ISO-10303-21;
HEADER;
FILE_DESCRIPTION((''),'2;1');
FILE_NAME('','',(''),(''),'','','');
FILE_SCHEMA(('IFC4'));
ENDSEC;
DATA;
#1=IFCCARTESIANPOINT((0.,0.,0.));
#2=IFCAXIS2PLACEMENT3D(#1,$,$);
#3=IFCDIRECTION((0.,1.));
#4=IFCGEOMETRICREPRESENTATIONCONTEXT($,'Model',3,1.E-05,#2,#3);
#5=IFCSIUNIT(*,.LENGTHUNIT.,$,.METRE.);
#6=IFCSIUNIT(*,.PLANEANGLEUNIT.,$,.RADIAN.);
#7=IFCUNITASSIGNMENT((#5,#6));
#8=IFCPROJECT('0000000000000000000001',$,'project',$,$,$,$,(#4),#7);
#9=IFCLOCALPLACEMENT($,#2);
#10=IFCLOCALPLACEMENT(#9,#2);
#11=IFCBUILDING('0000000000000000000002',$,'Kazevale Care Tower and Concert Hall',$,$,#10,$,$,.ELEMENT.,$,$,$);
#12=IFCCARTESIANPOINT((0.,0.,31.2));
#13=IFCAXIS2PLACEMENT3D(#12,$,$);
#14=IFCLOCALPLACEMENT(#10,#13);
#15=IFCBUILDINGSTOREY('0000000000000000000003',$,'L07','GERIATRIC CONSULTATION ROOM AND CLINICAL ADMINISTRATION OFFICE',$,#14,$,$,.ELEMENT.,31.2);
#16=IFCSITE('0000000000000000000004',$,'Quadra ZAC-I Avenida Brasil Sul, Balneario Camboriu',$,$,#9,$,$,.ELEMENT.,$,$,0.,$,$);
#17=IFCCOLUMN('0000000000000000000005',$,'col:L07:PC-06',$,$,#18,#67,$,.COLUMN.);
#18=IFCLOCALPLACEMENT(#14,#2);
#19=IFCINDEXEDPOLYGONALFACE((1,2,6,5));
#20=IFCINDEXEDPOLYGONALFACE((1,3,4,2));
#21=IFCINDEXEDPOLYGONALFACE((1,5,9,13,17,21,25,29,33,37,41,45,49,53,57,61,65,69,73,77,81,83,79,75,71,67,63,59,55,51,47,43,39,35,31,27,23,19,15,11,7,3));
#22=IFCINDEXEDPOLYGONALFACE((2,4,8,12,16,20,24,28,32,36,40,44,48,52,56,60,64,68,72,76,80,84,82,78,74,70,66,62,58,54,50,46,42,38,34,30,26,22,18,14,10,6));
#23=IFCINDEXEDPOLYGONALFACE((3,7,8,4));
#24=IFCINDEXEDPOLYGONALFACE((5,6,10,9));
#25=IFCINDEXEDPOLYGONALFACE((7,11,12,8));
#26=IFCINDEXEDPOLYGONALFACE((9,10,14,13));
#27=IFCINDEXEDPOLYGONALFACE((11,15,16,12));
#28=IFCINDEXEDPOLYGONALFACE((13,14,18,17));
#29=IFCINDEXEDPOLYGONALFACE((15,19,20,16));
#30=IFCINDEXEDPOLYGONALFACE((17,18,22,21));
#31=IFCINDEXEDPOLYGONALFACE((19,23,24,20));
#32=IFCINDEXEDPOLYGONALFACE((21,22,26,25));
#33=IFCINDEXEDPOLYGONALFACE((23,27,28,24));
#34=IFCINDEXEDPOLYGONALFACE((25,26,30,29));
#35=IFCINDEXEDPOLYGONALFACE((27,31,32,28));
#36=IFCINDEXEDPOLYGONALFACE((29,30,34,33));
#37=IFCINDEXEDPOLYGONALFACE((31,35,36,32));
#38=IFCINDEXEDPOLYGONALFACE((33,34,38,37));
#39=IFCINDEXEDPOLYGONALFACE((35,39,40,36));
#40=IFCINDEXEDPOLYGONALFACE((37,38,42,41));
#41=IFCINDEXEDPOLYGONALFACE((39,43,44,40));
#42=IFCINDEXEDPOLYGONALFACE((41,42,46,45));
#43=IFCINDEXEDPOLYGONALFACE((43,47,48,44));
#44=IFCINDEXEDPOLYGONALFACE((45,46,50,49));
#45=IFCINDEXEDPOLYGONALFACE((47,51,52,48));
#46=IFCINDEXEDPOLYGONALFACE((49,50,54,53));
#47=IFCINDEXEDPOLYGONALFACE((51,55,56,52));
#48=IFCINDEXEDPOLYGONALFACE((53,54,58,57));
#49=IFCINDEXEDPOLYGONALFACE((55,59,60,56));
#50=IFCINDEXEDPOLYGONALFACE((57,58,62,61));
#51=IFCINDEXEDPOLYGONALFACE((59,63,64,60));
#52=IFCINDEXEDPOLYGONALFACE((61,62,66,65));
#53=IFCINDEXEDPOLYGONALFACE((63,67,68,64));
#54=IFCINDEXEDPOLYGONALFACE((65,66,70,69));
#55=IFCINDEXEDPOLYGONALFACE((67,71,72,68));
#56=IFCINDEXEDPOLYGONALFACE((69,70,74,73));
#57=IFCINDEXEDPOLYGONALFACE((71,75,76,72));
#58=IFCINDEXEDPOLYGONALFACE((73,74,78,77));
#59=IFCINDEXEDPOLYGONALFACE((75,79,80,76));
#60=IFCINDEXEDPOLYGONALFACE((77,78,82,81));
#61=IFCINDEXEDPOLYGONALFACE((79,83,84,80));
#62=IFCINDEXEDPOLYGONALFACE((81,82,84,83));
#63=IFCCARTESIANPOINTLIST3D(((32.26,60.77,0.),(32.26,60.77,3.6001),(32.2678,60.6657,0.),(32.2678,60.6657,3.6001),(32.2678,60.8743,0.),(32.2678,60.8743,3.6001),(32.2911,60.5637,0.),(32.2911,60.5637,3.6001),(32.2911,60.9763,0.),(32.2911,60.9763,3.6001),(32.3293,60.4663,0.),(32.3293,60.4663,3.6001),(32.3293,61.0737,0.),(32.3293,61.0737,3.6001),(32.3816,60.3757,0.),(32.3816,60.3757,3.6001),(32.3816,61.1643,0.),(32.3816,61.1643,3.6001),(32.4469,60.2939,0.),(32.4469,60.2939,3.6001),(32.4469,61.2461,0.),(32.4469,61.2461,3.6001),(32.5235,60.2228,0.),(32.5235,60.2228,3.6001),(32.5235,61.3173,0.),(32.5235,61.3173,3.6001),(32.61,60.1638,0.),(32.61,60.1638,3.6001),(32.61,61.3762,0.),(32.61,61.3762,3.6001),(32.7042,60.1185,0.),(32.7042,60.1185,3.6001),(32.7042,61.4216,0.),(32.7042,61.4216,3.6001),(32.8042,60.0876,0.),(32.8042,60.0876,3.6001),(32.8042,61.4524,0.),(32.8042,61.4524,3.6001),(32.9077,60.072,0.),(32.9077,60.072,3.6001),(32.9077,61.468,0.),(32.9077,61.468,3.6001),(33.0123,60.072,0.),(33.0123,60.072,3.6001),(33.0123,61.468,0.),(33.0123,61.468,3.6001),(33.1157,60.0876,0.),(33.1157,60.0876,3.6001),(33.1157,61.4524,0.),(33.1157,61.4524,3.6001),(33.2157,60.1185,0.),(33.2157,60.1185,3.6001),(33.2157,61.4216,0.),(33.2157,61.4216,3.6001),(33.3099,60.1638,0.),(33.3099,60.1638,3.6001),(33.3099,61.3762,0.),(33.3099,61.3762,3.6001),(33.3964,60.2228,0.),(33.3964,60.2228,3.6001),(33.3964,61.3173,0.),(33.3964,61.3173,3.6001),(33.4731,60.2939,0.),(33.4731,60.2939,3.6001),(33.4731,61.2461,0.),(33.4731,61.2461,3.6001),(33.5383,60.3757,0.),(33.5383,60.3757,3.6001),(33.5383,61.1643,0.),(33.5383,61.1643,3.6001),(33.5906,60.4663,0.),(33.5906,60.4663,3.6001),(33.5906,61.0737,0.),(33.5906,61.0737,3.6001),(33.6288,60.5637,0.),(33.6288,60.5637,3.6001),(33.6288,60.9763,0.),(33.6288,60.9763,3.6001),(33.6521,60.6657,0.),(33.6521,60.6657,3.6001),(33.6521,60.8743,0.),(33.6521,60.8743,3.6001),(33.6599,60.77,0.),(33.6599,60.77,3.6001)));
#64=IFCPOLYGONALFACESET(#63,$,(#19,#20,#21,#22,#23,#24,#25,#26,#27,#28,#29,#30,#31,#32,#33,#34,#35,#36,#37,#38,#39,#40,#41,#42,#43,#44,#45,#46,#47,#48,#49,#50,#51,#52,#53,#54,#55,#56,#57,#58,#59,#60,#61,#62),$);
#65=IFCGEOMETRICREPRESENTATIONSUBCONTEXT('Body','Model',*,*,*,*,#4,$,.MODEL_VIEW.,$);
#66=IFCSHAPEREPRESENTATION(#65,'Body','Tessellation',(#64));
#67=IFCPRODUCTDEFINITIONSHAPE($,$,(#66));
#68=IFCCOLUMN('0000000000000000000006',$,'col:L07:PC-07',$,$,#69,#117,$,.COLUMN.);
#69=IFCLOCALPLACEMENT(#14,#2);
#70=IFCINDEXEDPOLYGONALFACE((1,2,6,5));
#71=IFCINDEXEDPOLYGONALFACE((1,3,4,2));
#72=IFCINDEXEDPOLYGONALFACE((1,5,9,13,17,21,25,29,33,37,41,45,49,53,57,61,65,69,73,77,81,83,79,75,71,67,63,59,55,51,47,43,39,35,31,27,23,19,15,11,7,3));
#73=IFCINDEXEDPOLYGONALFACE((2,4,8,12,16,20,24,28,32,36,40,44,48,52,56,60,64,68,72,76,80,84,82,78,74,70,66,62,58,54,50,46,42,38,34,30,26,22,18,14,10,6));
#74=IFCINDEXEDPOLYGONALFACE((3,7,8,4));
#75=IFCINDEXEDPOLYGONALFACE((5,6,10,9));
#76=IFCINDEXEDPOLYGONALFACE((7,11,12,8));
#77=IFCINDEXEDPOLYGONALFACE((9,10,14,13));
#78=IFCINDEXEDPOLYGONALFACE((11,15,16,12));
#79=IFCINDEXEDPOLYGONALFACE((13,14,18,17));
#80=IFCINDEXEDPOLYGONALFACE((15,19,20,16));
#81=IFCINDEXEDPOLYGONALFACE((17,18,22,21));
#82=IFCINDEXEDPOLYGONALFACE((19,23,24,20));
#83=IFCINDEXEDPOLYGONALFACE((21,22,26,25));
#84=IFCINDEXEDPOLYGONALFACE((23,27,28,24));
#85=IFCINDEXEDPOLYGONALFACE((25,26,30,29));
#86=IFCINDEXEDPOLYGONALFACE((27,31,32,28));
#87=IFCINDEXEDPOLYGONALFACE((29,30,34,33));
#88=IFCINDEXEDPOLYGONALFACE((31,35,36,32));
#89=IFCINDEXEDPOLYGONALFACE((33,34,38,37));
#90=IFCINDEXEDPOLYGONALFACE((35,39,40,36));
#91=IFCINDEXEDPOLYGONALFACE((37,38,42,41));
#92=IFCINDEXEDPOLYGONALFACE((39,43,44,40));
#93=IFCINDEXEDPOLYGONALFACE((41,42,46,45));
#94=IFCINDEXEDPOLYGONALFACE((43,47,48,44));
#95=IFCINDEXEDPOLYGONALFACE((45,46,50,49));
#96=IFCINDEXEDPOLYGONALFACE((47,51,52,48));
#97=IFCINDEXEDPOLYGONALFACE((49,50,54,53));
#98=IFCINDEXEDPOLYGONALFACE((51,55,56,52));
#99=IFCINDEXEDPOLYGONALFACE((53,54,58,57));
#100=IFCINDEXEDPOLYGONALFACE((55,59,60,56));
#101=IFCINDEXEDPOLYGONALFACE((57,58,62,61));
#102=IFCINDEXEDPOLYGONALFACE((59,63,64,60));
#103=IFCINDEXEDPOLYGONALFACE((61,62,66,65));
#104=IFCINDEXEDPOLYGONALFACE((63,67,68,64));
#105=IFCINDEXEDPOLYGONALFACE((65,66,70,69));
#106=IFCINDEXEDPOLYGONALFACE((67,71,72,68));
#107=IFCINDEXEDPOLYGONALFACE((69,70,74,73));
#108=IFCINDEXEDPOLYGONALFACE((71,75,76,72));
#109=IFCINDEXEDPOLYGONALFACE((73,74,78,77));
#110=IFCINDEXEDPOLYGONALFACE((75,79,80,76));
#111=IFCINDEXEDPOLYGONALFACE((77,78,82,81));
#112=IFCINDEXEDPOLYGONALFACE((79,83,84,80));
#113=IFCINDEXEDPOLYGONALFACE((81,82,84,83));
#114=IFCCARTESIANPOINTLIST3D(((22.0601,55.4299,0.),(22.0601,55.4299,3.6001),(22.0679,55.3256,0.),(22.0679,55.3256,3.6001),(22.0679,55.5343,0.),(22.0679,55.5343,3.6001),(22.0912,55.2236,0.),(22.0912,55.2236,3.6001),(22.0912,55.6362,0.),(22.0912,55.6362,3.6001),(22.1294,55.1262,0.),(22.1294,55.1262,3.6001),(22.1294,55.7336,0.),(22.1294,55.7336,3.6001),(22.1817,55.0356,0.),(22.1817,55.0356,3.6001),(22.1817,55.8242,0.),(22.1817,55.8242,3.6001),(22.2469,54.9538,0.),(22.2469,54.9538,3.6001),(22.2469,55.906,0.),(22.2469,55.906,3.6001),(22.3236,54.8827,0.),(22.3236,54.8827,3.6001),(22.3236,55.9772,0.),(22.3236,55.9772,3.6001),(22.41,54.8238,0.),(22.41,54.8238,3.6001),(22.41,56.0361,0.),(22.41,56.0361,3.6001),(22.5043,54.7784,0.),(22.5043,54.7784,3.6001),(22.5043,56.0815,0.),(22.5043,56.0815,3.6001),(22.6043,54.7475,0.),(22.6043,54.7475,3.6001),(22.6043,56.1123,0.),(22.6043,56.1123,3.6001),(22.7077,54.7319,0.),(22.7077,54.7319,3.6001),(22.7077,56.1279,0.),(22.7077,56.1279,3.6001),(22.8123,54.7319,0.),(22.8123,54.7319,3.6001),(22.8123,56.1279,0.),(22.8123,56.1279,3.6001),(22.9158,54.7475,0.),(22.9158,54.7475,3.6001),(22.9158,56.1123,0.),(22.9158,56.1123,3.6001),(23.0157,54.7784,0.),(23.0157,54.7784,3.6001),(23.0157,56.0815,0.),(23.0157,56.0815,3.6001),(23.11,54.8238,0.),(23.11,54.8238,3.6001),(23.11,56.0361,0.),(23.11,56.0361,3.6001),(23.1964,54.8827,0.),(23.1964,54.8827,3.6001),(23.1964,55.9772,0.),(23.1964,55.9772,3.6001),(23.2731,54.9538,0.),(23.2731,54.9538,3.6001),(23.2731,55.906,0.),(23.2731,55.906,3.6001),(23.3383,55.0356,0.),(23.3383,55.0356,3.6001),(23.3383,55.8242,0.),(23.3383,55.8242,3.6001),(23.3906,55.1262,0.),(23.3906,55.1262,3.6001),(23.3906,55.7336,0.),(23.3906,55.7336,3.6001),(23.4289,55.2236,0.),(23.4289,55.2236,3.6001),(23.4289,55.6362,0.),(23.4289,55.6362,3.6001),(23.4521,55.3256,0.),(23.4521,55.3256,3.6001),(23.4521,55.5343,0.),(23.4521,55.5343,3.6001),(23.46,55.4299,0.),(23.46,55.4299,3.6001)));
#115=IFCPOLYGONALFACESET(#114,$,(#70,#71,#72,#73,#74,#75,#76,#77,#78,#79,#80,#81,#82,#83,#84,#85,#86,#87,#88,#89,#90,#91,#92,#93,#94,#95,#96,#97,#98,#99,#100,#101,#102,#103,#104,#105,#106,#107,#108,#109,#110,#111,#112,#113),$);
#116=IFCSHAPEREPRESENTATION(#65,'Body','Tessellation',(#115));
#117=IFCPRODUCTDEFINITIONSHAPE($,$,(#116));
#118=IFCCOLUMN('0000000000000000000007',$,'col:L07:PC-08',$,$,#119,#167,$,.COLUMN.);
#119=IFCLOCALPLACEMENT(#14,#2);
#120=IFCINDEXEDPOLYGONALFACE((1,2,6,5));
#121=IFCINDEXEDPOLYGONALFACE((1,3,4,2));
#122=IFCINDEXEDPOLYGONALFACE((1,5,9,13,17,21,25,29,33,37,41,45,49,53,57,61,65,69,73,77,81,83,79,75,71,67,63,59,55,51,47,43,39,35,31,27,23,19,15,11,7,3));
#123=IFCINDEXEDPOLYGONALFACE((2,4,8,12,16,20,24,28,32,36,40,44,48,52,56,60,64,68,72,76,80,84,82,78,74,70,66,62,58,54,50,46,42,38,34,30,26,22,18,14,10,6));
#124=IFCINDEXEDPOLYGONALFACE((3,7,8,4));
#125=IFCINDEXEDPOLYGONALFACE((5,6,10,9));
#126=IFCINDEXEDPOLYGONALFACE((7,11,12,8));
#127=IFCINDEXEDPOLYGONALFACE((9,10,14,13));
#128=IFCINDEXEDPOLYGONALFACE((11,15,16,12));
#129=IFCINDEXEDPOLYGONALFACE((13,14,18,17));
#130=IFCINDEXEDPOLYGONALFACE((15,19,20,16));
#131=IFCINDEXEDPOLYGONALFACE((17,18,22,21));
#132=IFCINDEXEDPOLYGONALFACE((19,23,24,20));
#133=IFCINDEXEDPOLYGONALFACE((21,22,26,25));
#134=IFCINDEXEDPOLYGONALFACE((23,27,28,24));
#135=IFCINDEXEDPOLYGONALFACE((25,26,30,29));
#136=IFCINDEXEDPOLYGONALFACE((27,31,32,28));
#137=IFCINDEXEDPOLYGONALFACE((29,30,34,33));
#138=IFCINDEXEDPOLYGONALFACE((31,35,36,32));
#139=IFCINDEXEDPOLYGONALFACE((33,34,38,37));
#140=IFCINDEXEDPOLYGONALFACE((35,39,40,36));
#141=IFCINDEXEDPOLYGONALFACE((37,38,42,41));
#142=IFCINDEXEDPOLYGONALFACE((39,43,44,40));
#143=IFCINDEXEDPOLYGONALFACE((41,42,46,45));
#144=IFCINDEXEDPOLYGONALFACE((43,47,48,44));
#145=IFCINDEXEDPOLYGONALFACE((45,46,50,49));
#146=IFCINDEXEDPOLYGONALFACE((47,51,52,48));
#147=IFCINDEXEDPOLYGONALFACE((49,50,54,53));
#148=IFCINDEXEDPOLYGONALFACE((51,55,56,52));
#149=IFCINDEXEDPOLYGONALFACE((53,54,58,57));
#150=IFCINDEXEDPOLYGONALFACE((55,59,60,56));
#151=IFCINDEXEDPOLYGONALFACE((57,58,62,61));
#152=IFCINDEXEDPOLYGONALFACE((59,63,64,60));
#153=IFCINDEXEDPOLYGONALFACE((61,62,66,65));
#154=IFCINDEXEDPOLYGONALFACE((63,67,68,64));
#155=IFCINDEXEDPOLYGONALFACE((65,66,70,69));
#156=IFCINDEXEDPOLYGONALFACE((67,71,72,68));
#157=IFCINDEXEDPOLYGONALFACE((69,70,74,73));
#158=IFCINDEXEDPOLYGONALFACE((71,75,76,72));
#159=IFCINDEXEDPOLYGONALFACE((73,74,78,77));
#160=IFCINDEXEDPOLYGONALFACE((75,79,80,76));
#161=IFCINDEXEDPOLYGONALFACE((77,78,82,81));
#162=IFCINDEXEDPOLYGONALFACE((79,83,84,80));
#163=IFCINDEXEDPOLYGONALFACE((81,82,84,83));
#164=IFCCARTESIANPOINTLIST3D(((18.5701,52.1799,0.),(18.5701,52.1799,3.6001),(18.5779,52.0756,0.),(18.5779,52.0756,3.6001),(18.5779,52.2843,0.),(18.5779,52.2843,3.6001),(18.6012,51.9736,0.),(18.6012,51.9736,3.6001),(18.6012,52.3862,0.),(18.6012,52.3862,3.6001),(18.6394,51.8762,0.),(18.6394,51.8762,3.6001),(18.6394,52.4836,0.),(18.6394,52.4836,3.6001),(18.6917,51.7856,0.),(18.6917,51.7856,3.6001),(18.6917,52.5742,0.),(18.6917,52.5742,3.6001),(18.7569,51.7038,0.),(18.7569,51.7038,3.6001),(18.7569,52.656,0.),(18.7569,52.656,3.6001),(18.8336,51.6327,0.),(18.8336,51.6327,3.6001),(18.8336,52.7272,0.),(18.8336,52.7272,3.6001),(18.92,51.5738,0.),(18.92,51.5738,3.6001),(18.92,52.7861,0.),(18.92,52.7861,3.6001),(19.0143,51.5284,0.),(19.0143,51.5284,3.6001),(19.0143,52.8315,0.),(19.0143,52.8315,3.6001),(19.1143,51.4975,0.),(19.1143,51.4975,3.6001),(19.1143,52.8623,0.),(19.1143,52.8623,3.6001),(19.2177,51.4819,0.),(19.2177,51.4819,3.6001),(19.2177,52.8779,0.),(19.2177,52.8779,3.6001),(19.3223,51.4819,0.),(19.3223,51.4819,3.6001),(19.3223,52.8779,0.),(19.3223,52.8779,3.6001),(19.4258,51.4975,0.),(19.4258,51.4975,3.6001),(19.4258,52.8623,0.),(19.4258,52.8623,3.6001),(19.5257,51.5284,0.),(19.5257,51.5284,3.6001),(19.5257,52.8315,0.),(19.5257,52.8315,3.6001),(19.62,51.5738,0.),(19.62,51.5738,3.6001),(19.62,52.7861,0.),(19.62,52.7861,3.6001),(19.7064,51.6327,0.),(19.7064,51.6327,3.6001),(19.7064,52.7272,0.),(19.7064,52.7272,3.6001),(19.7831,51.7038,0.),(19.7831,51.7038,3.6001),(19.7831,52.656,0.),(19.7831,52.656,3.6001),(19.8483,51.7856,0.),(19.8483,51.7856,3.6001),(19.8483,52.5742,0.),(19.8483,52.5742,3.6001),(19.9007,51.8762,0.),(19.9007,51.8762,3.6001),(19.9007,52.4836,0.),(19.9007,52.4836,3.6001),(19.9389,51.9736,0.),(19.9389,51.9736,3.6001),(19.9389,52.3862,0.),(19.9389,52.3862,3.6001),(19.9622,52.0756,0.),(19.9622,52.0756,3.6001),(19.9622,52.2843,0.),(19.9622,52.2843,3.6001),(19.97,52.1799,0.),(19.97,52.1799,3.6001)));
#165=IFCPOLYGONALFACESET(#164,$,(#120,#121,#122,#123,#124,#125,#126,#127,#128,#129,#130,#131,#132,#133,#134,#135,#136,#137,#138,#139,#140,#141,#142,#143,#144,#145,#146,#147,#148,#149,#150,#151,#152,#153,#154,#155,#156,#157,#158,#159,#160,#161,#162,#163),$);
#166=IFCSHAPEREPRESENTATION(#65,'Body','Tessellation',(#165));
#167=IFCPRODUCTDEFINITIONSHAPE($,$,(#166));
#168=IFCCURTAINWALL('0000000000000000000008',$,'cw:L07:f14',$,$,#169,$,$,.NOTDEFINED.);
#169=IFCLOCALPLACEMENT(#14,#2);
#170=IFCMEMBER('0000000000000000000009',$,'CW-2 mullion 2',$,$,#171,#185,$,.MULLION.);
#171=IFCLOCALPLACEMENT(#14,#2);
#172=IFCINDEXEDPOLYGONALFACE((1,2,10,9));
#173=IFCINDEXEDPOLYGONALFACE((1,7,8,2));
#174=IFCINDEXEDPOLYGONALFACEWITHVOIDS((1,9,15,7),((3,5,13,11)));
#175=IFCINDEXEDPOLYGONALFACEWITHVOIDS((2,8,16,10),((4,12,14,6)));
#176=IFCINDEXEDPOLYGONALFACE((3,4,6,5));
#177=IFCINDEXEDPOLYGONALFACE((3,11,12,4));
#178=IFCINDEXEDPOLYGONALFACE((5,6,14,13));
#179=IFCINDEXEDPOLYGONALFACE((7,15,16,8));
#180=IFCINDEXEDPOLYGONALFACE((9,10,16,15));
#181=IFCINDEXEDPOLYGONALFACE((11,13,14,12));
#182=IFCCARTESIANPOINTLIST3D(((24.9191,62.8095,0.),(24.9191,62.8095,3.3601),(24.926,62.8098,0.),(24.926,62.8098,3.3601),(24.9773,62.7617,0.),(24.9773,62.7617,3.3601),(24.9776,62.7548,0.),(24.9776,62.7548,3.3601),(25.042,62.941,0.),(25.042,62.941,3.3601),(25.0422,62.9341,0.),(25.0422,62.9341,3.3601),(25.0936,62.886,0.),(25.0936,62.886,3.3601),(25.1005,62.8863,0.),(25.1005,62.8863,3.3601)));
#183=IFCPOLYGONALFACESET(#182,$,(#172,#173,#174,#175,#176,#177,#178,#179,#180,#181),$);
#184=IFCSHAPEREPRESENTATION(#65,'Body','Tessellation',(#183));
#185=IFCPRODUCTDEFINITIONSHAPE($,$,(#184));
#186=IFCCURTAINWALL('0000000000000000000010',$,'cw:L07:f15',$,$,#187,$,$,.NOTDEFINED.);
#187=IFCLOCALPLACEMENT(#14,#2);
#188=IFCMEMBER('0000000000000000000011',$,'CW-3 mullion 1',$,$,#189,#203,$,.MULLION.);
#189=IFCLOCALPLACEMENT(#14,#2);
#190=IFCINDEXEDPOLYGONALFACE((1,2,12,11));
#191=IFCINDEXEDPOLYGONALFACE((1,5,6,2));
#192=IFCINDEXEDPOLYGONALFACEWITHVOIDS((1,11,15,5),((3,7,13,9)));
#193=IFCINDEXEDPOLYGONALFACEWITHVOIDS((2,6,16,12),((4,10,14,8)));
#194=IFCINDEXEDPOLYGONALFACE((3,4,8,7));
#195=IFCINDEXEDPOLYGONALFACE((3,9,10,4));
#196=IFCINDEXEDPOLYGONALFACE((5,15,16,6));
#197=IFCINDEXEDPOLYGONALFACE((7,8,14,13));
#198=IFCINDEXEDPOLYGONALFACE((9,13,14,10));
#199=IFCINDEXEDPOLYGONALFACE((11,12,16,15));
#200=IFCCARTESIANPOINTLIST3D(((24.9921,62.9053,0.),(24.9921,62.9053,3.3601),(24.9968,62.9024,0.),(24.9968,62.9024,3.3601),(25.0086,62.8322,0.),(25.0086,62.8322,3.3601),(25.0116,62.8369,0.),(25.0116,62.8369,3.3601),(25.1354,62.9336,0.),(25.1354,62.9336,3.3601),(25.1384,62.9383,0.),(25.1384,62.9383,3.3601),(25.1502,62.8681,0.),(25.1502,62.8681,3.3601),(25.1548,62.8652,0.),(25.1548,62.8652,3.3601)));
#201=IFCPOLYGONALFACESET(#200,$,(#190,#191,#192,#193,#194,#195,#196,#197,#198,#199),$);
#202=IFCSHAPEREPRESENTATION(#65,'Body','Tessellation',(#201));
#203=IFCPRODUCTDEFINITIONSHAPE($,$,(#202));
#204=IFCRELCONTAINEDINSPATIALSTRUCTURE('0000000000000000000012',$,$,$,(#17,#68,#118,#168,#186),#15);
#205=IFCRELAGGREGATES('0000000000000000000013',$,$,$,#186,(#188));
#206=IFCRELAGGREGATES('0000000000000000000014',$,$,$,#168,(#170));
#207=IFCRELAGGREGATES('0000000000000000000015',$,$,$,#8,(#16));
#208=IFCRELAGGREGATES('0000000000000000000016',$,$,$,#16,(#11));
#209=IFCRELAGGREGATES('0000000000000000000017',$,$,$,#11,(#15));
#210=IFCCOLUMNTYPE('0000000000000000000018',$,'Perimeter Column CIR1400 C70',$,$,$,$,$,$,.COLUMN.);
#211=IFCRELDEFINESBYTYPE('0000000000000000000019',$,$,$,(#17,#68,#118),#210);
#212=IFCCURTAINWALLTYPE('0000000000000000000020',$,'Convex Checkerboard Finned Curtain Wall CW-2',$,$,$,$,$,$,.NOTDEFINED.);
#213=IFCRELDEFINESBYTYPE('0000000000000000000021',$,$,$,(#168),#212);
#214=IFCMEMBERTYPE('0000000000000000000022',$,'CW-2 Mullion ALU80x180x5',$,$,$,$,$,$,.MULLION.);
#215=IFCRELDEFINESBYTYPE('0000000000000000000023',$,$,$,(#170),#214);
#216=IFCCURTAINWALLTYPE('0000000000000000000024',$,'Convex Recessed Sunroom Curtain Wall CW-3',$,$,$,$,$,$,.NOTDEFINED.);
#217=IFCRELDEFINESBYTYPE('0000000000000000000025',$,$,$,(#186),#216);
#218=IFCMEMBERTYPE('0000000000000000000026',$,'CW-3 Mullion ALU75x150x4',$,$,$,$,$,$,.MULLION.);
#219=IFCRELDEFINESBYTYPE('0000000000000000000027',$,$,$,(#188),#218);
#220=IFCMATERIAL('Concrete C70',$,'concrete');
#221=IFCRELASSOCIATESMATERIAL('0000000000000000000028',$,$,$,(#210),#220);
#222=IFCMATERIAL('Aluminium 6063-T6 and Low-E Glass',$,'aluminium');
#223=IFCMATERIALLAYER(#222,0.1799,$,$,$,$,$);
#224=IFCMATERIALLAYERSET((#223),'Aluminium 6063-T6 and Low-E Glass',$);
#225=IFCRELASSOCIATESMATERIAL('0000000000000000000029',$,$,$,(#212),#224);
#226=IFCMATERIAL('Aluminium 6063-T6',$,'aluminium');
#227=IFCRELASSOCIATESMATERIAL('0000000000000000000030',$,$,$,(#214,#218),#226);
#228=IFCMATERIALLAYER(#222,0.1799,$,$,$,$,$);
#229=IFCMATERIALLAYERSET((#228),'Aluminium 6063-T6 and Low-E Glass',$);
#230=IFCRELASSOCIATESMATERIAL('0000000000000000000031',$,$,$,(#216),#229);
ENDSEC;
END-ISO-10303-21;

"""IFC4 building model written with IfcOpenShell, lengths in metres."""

from ifc_helpers import new_model, si_unit, direction, frame, origin, origin_2d, place, context, subcontext, project, spatial, hollow_rectangle, circle, extrude, material, layer, layer_set, material_profile, profile_set, type_object, element, aggregate, save


model = new_model("IFC4")

# Units and contexts
model_context = context("Model", 3, precision=1e-05, world=origin(), true_north=direction((0.0, 1.0)))
body_context = subcontext(model_context, "Body", "Model", "MODEL_VIEW")
ifc_project = project(units=[si_unit("LENGTHUNIT", "METRE"), si_unit("PLANEANGLEUNIT", "RADIAN")], contexts=[model_context])

# Site, building, storey
site_placement = place(None, origin())
site = spatial("IfcSite", under=ifc_project, at=site_placement, Name="Quadra ZAC-I Avenida Brasil Sul, Balneario Camboriu", CompositionType="ELEMENT", RefElevation=0.0)
building_placement = place(site_placement, origin())
building = spatial("IfcBuilding", under=site, at=building_placement, Name="Kazevale Care Tower and Concert Hall", CompositionType="ELEMENT")
storey_placement = place(building_placement, frame((0.0, 0.0, 31.2)))
storey = spatial("IfcBuildingStorey", under=building, at=storey_placement, Name="L07", Description="GERIATRIC CONSULTATION ROOM AND CLINICAL ADMINISTRATION OFFICE", CompositionType="ELEMENT", Elevation=31.2)

# Columns
ifc_material_1 = material(Name="Concrete C70", Category="concrete")
ifc_material_profile_1 = material_profile(ifc_material_1, circle(Radius=0.7, at=origin_2d()), Name="RC-CIR1400")
ifc_profile_set_1 = profile_set([ifc_material_profile_1], Name="Concrete C70")
column_type = type_object("IfcColumnType", Name="Perimeter Column CIR1400 C70", PredefinedType="COLUMN", material=ifc_profile_set_1)
for number, where, z_axis, x_axis, name in (
    (1, (32.96, 60.77, 0.0), (0.0, 0.0, 1.0), (1.0, 0.0, 0.0), "col:L07:PC-06"),
    (2, (22.76, 55.4299, 0.0), (0.0, 0.0, 1.0), (1.0, 0.0, 0.0), "col:L07:PC-07"),
    (3, (19.27, 52.1799, 0.0), (0.0, 0.0, 1.0), (1.0, 0.0, 0.0), "col:L07:PC-08"),
):
    element("IfcColumn", number, at=place(storey_placement, frame(where, z_axis=z_axis, x_axis=x_axis)), inside=storey, type_object=column_type, Name=name, PredefinedType="COLUMN", context=body_context, shape_type="SweptSolid", body=[
        extrude(circle(Radius=0.7, at=origin_2d()), origin(), (0.0, 0.0, 1.0), 3.6001),
    ])

# Curtain wall, member
ifc_material_2 = material(Name="Aluminium 6063-T6 and Low-E Glass", Category="aluminium")
ifc_layer_1 = layer(ifc_material_2, 0.1799)
ifc_layer_set_1 = layer_set([ifc_layer_1], Name="Aluminium 6063-T6 and Low-E Glass")
curtain_wall_type_1 = type_object("IfcCurtainWallType", Name="Convex Checkerboard Finned Curtain Wall CW-2", PredefinedType="NOTDEFINED", material=ifc_layer_set_1)
curtain_wall_1_placement = place(storey_placement, origin())
curtain_wall_1 = element("IfcCurtainWall", 4, at=curtain_wall_1_placement, inside=storey, type_object=curtain_wall_type_1, Name="cw:L07:f14", PredefinedType="NOTDEFINED")
ifc_material_3 = material(Name="Aluminium 6063-T6", Category="aluminium")
ifc_material_profile_2 = material_profile(ifc_material_3, hollow_rectangle(XDim=0.0801, YDim=0.1799, WallThickness=0.0049, at=origin_2d()), Name="ALU80x180x5")
ifc_profile_set_2 = profile_set([ifc_material_profile_2], Name="Aluminium 6063-T6")
member_type_1 = type_object("IfcMemberType", Name="CW-2 Mullion ALU80x180x5", PredefinedType="MULLION", material=ifc_profile_set_2)
member_1_placement = place(storey_placement, frame((25.0098, 62.8479, 0.0), z_axis=(0.0, 0.0, 1.0), x_axis=(-0.730363, 0.683059, 0.0)))
member_1 = element("IfcMember", 5, at=member_1_placement, type_object=member_type_1, Name="CW-2 mullion 2", PredefinedType="MULLION", context=body_context, shape_type="SweptSolid", body=[
    extrude(hollow_rectangle(XDim=0.0801, YDim=0.1799, WallThickness=0.0049, at=origin_2d()), origin(), (0.0, 0.0, 1.0), 3.3601),
])

# Curtain wall, member
ifc_layer_2 = layer(ifc_material_2, 0.1799)
ifc_layer_set_2 = layer_set([ifc_layer_2], Name="Aluminium 6063-T6 and Low-E Glass")
curtain_wall_type_2 = type_object("IfcCurtainWallType", Name="Convex Recessed Sunroom Curtain Wall CW-3", PredefinedType="NOTDEFINED", material=ifc_layer_set_2)
curtain_wall_2_placement = place(storey_placement, origin())
curtain_wall_2 = element("IfcCurtainWall", 6, at=curtain_wall_2_placement, inside=storey, type_object=curtain_wall_type_2, Name="cw:L07:f15", PredefinedType="NOTDEFINED")
ifc_material_profile_3 = material_profile(ifc_material_3, hollow_rectangle(XDim=0.075, YDim=0.1499, WallThickness=0.0039, at=origin_2d()), Name="ALU75x150x4")
ifc_profile_set_3 = profile_set([ifc_material_profile_3], Name="Aluminium 6063-T6")
member_type_2 = type_object("IfcMemberType", Name="CW-3 Mullion ALU75x150x4", PredefinedType="MULLION", material=ifc_profile_set_3)
member_2_placement = place(storey_placement, frame((25.0735, 62.8853, 0.0), z_axis=(0.0, 0.0, 1.0), x_axis=(-0.219911, 0.97552, 0.0)))
member_2 = element("IfcMember", 7, at=member_2_placement, type_object=member_type_2, Name="CW-3 mullion 1", PredefinedType="MULLION", context=body_context, shape_type="SweptSolid", body=[
    extrude(hollow_rectangle(XDim=0.075, YDim=0.1499, WallThickness=0.0039, at=origin_2d()), origin(), (0.0, 0.0, 1.0), 3.3601),
])
aggregate(curtain_wall_2, [member_2])

aggregate(curtain_wall_1, [member_1])

save(model, "model.ifc")
